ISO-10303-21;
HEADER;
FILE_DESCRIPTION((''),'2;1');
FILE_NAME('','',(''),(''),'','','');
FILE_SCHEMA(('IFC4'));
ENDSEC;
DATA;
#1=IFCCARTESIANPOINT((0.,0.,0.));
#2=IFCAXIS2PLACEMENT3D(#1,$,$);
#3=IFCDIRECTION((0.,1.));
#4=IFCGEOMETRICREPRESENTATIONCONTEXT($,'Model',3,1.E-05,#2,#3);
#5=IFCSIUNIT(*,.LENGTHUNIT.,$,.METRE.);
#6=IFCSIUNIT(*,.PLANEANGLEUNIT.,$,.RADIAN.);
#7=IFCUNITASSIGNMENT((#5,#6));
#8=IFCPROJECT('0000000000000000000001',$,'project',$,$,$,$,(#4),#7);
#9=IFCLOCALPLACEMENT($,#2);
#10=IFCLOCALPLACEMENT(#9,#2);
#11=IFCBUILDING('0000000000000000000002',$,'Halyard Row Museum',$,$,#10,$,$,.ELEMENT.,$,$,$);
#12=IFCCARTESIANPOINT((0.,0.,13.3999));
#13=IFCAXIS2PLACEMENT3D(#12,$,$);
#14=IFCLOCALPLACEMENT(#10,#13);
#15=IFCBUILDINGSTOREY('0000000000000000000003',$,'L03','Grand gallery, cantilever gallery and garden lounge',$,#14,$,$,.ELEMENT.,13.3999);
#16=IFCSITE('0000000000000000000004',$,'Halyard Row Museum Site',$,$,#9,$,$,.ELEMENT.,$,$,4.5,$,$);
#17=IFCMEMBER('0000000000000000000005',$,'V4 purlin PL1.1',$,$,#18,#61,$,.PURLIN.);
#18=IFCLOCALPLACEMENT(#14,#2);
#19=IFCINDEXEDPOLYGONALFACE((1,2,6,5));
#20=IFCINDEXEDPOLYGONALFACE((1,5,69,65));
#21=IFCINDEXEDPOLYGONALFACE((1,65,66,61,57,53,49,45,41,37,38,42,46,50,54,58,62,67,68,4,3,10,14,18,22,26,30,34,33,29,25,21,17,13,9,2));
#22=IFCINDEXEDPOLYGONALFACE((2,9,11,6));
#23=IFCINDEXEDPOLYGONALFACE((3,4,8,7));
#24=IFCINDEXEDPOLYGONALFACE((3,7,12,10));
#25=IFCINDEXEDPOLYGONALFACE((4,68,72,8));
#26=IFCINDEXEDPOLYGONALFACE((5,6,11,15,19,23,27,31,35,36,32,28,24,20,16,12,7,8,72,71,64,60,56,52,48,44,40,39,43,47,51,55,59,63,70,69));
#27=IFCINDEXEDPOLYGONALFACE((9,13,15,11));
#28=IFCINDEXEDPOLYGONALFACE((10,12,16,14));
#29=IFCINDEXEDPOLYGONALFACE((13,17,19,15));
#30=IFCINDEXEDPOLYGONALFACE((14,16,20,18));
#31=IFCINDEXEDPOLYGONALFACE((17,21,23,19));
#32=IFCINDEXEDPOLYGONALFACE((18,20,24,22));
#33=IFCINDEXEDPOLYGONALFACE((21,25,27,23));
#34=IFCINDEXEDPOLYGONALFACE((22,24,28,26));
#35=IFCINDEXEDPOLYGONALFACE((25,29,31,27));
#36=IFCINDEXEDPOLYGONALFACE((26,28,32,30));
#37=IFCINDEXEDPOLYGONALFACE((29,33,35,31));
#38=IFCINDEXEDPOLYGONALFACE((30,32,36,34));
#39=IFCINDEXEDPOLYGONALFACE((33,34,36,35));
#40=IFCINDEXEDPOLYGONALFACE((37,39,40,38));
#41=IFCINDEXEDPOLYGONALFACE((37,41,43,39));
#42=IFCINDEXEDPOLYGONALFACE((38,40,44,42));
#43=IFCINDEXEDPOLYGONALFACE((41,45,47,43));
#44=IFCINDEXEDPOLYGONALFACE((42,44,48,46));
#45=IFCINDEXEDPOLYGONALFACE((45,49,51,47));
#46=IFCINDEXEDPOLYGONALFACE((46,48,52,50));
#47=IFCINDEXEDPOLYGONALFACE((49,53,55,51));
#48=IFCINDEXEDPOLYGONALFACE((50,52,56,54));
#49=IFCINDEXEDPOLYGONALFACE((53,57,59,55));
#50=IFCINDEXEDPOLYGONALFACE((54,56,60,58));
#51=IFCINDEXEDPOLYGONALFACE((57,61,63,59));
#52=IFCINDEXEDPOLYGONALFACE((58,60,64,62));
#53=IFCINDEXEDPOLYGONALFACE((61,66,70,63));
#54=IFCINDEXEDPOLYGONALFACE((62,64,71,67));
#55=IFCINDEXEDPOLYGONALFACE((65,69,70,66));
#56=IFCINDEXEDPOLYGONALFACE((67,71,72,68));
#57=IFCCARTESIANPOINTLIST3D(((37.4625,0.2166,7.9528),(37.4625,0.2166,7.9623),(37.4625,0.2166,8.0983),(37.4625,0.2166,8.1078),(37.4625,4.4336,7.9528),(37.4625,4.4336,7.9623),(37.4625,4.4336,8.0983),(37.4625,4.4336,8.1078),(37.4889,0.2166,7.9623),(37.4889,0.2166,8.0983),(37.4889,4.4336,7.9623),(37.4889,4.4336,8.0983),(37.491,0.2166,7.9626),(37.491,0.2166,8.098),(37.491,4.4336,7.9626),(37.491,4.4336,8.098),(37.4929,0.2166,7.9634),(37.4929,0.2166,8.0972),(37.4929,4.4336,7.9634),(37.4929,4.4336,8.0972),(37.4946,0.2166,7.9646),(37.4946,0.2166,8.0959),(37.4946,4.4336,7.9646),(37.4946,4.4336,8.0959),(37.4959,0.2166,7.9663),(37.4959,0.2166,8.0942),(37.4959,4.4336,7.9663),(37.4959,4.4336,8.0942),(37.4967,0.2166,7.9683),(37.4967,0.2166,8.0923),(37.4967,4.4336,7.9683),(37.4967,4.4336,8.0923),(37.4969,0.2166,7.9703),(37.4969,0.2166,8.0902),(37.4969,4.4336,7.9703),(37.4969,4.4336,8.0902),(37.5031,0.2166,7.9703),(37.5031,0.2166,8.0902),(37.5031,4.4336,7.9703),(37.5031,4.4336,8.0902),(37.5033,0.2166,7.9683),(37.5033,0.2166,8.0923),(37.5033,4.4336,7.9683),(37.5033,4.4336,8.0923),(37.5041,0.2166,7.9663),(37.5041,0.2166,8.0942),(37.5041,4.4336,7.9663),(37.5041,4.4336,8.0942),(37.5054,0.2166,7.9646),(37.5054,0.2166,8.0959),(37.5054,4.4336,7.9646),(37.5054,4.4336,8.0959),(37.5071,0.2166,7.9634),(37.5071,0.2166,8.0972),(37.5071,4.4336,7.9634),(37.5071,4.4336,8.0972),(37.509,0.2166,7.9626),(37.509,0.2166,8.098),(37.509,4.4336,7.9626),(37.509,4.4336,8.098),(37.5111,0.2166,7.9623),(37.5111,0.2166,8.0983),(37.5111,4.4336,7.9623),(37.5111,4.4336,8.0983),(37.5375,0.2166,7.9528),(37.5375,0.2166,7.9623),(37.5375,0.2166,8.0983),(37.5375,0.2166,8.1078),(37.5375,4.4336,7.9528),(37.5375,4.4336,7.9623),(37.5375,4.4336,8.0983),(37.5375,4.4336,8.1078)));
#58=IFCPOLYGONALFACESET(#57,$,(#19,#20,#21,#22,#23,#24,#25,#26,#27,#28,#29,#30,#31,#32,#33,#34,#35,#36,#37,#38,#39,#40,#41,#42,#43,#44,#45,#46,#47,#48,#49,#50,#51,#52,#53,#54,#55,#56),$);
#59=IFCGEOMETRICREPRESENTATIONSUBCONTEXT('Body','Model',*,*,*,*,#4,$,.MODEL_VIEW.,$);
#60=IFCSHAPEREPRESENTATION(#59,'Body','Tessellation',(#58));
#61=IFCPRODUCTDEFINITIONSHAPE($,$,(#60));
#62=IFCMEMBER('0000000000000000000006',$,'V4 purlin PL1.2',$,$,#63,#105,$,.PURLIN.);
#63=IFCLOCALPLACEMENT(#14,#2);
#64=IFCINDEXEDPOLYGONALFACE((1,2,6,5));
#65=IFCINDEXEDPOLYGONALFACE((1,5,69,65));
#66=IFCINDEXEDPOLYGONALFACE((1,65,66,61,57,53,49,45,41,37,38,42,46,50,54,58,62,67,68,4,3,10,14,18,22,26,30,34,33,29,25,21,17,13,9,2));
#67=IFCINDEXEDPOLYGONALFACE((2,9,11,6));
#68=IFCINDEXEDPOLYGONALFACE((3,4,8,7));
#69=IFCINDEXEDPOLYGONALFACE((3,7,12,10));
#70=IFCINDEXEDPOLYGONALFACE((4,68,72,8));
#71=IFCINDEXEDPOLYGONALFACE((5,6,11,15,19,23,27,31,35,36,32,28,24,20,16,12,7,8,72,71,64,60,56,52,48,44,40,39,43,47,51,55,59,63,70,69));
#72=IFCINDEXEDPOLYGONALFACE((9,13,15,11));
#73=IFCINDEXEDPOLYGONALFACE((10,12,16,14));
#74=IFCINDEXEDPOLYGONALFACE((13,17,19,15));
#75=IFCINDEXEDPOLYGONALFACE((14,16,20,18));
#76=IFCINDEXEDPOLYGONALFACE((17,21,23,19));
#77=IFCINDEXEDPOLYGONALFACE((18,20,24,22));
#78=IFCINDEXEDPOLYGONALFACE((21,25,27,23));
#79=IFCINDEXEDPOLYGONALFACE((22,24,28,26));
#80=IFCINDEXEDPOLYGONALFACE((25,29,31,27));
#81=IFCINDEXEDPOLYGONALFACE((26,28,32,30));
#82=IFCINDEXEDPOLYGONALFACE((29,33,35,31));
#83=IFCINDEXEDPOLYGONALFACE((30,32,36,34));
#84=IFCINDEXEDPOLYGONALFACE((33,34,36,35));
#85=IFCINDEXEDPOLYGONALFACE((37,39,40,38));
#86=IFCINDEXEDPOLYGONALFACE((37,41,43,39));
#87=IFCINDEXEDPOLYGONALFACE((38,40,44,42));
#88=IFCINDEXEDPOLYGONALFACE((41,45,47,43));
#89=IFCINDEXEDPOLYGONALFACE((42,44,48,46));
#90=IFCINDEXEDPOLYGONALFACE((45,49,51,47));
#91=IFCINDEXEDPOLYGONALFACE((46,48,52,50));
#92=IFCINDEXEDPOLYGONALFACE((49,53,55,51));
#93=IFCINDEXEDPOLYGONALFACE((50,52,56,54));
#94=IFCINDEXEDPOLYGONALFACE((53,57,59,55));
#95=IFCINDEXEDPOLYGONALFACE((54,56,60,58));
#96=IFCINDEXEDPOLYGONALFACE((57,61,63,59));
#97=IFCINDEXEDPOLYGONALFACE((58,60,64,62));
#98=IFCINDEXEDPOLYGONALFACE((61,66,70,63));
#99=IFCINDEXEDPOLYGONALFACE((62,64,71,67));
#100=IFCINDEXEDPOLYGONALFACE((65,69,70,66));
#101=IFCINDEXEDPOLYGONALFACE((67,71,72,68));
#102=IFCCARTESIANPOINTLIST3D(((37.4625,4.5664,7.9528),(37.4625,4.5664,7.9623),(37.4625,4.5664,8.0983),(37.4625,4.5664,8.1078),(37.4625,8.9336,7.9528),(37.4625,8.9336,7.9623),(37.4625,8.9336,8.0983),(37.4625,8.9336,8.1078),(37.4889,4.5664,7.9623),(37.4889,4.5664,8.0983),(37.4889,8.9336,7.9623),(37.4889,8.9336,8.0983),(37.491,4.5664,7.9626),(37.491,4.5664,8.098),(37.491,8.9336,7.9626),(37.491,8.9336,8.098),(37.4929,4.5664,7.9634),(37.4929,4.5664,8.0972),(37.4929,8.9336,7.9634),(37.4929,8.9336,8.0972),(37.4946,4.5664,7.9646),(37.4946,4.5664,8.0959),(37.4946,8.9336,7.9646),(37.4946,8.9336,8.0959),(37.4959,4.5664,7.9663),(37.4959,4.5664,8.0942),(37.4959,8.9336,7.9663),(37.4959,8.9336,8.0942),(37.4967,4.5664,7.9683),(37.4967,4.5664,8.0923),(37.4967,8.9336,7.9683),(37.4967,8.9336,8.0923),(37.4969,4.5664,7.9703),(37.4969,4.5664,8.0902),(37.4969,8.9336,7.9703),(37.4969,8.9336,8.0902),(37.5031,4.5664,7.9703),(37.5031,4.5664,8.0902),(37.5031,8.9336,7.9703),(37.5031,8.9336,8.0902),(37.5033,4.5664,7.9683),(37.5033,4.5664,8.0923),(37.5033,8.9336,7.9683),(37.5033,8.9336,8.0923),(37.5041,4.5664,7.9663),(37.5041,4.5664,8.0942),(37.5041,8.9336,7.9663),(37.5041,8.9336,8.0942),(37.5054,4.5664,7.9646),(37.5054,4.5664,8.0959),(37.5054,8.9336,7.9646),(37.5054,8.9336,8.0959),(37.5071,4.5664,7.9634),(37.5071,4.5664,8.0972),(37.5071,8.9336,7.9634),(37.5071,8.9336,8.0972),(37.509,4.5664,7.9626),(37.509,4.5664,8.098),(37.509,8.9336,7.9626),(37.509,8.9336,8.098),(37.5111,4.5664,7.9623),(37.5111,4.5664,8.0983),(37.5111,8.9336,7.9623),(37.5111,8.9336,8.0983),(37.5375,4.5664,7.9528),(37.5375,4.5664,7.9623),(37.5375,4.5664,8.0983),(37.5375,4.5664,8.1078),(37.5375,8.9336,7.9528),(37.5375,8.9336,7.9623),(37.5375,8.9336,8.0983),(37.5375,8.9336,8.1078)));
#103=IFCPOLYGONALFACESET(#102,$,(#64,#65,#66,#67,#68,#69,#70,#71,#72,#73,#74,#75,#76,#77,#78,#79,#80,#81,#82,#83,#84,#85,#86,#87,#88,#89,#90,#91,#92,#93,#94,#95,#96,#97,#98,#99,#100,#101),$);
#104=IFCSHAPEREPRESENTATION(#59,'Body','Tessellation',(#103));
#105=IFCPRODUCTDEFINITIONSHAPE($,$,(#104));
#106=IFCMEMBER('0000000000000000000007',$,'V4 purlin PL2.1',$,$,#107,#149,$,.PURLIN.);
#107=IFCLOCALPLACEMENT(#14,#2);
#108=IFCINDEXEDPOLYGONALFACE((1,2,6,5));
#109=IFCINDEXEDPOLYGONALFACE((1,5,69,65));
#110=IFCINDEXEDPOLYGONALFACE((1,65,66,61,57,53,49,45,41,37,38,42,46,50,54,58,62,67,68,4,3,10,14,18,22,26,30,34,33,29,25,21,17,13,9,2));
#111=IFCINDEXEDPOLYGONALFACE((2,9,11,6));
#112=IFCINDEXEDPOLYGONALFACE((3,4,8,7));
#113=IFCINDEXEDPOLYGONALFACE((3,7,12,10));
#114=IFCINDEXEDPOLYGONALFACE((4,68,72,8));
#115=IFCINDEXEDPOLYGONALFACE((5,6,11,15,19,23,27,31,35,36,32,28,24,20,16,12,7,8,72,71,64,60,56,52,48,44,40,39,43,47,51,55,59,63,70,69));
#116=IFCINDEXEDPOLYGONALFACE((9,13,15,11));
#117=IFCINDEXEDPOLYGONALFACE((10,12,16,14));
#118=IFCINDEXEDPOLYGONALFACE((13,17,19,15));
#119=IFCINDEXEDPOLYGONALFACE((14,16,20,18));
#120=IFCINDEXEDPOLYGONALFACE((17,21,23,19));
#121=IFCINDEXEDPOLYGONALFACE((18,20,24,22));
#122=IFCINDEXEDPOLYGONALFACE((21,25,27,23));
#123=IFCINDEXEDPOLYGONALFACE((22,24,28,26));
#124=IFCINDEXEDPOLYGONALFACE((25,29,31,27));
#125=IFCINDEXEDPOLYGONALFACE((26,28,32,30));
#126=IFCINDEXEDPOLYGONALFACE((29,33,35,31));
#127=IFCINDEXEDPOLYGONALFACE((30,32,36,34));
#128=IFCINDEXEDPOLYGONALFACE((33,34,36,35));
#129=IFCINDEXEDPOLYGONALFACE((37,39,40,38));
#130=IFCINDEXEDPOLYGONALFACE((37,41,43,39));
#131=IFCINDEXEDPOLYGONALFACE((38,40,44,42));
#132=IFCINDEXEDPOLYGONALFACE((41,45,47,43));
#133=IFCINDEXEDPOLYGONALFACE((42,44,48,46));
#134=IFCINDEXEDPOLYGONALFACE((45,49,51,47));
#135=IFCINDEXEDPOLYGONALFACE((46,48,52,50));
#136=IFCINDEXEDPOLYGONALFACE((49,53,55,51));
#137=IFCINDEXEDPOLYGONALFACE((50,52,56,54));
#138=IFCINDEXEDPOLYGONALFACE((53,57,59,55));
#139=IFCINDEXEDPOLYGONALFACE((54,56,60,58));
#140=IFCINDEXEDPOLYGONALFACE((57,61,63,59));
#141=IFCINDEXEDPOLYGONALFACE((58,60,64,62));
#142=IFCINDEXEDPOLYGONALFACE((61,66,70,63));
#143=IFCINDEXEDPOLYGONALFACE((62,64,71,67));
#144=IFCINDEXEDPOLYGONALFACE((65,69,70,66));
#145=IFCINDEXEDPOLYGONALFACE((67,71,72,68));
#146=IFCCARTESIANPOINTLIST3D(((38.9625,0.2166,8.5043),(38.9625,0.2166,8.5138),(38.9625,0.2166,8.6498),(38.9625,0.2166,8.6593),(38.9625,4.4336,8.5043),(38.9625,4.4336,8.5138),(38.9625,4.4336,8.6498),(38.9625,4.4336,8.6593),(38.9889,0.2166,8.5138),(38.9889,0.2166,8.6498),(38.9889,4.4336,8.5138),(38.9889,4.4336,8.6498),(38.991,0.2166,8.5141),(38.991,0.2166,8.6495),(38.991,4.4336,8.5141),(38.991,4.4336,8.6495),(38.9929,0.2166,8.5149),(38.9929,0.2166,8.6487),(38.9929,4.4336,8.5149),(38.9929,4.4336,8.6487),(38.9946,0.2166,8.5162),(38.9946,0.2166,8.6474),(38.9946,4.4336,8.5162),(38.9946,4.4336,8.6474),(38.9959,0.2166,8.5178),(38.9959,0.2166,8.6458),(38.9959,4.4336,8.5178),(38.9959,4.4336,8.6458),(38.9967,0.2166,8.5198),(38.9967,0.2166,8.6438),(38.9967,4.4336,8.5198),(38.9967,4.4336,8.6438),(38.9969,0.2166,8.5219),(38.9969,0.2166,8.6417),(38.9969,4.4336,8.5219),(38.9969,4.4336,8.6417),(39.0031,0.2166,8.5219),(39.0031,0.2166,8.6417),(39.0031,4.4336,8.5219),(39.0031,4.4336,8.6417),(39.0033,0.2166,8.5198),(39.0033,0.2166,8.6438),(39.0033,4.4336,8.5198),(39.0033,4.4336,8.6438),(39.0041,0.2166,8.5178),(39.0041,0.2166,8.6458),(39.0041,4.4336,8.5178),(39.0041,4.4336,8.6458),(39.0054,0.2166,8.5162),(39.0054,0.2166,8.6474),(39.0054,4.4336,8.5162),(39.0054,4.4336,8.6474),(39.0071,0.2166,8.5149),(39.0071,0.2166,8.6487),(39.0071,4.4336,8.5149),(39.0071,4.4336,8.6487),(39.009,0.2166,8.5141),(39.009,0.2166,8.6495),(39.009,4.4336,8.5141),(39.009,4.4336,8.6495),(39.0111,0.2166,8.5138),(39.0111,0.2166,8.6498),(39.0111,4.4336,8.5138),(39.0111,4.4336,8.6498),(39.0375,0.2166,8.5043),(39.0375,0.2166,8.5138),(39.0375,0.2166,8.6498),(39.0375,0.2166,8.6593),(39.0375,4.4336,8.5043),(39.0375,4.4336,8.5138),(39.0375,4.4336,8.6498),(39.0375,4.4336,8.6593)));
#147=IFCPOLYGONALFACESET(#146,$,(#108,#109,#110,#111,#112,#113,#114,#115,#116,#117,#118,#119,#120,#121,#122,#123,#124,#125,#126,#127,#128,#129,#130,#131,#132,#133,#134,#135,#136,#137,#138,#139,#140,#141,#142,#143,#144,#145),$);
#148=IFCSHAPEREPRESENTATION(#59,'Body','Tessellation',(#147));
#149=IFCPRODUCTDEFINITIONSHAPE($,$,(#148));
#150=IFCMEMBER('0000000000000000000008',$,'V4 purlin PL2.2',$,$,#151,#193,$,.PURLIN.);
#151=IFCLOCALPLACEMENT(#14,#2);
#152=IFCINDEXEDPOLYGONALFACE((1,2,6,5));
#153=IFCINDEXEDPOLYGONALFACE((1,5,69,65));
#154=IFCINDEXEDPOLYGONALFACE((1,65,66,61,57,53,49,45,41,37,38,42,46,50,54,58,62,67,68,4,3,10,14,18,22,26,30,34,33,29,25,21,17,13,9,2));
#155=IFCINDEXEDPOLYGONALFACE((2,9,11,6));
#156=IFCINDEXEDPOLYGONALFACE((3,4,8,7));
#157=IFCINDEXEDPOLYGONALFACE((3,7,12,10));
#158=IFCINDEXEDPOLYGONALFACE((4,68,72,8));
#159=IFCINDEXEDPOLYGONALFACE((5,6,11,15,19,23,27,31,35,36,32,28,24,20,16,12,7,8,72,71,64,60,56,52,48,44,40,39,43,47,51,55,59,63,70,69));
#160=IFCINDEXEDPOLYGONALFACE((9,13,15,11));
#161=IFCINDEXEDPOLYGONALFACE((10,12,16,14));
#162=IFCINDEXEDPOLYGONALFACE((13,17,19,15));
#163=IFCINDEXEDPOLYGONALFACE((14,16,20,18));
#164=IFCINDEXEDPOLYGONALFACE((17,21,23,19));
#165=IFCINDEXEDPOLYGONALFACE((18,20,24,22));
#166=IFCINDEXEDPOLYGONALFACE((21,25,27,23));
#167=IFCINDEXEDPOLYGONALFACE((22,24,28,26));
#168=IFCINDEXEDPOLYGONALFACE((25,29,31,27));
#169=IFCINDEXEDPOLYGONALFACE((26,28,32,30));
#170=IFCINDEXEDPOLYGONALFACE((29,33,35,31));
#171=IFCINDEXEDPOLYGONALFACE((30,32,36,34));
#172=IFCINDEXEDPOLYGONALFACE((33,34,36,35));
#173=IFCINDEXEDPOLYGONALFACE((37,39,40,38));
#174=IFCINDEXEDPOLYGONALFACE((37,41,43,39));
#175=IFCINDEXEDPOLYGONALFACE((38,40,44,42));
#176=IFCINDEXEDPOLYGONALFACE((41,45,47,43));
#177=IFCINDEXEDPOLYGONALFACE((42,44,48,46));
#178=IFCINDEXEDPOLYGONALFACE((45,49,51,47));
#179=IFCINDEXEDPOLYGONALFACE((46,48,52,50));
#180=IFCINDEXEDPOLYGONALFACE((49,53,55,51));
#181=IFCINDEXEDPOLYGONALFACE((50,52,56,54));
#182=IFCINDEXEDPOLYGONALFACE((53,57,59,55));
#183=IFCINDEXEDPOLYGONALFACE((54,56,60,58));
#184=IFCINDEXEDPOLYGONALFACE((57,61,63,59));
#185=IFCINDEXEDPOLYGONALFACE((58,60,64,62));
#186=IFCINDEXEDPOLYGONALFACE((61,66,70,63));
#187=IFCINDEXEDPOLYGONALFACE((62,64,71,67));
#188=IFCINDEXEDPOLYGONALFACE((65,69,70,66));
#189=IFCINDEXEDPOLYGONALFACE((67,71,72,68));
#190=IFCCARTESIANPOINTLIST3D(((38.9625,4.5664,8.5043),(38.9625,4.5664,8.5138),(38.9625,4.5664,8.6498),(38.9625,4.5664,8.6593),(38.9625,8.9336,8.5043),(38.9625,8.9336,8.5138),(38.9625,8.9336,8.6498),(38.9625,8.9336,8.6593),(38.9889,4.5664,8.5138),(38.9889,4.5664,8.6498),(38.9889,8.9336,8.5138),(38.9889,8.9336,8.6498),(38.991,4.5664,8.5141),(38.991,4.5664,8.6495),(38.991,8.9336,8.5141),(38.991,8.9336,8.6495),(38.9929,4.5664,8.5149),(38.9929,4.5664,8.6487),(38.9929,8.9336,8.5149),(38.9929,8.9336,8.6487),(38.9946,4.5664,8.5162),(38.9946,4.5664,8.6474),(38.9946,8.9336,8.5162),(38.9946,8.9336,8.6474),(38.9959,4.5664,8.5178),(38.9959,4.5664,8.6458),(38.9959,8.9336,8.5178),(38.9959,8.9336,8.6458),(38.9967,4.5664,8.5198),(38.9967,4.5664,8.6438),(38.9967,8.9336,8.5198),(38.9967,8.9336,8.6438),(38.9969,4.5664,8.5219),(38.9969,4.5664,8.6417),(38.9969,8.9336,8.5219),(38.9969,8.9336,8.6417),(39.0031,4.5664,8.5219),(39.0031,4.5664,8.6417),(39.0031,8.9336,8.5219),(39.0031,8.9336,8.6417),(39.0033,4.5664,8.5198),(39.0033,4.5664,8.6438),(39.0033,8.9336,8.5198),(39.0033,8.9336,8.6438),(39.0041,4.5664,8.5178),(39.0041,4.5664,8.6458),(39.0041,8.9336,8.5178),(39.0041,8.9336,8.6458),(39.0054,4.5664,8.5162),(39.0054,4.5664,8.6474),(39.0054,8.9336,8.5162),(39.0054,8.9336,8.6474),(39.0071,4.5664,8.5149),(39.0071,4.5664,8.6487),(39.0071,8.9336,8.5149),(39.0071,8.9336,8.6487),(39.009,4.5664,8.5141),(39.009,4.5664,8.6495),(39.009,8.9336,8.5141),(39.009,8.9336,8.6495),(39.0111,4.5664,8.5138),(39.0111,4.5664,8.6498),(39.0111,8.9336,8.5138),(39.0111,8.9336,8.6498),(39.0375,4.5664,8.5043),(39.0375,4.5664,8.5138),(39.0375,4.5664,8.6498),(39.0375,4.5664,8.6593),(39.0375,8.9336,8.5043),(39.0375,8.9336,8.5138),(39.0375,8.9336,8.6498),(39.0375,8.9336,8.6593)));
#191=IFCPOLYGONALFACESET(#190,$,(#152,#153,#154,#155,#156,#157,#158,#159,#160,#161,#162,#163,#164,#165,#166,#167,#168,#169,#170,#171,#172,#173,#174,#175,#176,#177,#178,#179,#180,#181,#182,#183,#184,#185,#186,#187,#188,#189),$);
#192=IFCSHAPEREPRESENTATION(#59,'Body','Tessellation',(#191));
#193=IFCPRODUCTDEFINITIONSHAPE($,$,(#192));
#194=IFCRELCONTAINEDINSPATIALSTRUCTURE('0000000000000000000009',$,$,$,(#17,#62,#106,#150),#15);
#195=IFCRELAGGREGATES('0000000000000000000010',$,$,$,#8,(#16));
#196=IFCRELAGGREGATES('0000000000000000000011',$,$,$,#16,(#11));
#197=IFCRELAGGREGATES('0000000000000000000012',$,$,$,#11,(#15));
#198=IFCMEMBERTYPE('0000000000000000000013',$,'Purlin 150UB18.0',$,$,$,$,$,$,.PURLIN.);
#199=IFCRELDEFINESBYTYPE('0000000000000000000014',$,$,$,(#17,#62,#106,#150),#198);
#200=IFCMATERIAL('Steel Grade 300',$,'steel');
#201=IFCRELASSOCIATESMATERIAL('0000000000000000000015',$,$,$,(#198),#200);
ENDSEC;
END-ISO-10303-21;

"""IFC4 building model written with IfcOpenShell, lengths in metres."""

from ifc_helpers import new_model, si_unit, direction, frame, origin, origin_2d, place, context, subcontext, project, spatial, i_section, extrude, material, material_profile, profile_set, type_object, element, save


model = new_model("IFC4")

# Units and contexts
model_context = context("Model", 3, precision=1e-05, world=origin(), true_north=direction((0.0, 1.0)))
body_context = subcontext(model_context, "Body", "Model", "MODEL_VIEW")
ifc_project = project(units=[si_unit("LENGTHUNIT", "METRE"), si_unit("PLANEANGLEUNIT", "RADIAN")], contexts=[model_context])

# Site, building, storey
site_placement = place(None, origin())
site = spatial("IfcSite", under=ifc_project, at=site_placement, Name="Halyard Row Museum Site", CompositionType="ELEMENT", RefElevation=4.5)
building_placement = place(site_placement, origin())
building = spatial("IfcBuilding", under=site, at=building_placement, Name="Halyard Row Museum", CompositionType="ELEMENT")
storey_placement = place(building_placement, frame((0.0, 0.0, 13.3999)))
storey = spatial("IfcBuildingStorey", under=building, at=storey_placement, Name="L03", Description="Grand gallery, cantilever gallery and garden lounge", CompositionType="ELEMENT", Elevation=13.3999)

# Members
ifc_material_1 = material(Name="Steel Grade 300", Category="steel")
ifc_material_profile_1 = material_profile(ifc_material_1, i_section(OverallWidth=0.075, OverallDepth=0.155, WebThickness=0.0061, FlangeThickness=0.0095, FilletRadius=0.0081, at=origin_2d()), Name="150UB18.0")
ifc_profile_set_1 = profile_set([ifc_material_profile_1], Name="Steel Grade 300")
member_type_1 = type_object("IfcMemberType", Name="Purlin 150UB18.0", PredefinedType="PURLIN", material=ifc_profile_set_1)
member_1_placement = place(storey_placement, frame((37.5, 0.2166, 8.0303), z_axis=(0.0, 1.0, 0.0), x_axis=(-1.0, 0.0, 0.0)))
element("IfcMember", 1, at=member_1_placement, inside=storey, type_object=member_type_1, Name="V4 purlin PL1.1", PredefinedType="PURLIN", context=body_context, shape_type="SweptSolid", body=[
    extrude(i_section(OverallWidth=0.075, OverallDepth=0.155, WebThickness=0.0061, FlangeThickness=0.0095, FilletRadius=0.0081, at=origin_2d()), origin(), (0.0, 0.0, 1.0), 4.217),
])
member_2_placement = place(storey_placement, frame((37.5, 4.5664, 8.0303), z_axis=(0.0, 1.0, 0.0), x_axis=(-1.0, 0.0, 0.0)))
element("IfcMember", 2, at=member_2_placement, inside=storey, type_object=member_type_1, Name="V4 purlin PL1.2", PredefinedType="PURLIN", context=body_context, shape_type="SweptSolid", body=[
    extrude(i_section(OverallWidth=0.075, OverallDepth=0.155, WebThickness=0.0061, FlangeThickness=0.0095, FilletRadius=0.0081, at=origin_2d()), origin(), (0.0, 0.0, 1.0), 4.3672),
])
member_3_placement = place(storey_placement, frame((39.0, 0.2166, 8.5818), z_axis=(0.0, 1.0, 0.0), x_axis=(-1.0, 0.0, 0.0)))
element("IfcMember", 3, at=member_3_placement, inside=storey, type_object=member_type_1, Name="V4 purlin PL2.1", PredefinedType="PURLIN", context=body_context, shape_type="SweptSolid", body=[
    extrude(i_section(OverallWidth=0.075, OverallDepth=0.155, WebThickness=0.0061, FlangeThickness=0.0095, FilletRadius=0.0081, at=origin_2d()), origin(), (0.0, 0.0, 1.0), 4.217),
])
member_4_placement = place(storey_placement, frame((39.0, 4.5664, 8.5818), z_axis=(0.0, 1.0, 0.0), x_axis=(-1.0, 0.0, 0.0)))
element("IfcMember", 4, at=member_4_placement, inside=storey, type_object=member_type_1, Name="V4 purlin PL2.2", PredefinedType="PURLIN", context=body_context, shape_type="SweptSolid", body=[
    extrude(i_section(OverallWidth=0.075, OverallDepth=0.155, WebThickness=0.0061, FlangeThickness=0.0095, FilletRadius=0.0081, at=origin_2d()), origin(), (0.0, 0.0, 1.0), 4.3672),
])

save(model, "model.ifc")
